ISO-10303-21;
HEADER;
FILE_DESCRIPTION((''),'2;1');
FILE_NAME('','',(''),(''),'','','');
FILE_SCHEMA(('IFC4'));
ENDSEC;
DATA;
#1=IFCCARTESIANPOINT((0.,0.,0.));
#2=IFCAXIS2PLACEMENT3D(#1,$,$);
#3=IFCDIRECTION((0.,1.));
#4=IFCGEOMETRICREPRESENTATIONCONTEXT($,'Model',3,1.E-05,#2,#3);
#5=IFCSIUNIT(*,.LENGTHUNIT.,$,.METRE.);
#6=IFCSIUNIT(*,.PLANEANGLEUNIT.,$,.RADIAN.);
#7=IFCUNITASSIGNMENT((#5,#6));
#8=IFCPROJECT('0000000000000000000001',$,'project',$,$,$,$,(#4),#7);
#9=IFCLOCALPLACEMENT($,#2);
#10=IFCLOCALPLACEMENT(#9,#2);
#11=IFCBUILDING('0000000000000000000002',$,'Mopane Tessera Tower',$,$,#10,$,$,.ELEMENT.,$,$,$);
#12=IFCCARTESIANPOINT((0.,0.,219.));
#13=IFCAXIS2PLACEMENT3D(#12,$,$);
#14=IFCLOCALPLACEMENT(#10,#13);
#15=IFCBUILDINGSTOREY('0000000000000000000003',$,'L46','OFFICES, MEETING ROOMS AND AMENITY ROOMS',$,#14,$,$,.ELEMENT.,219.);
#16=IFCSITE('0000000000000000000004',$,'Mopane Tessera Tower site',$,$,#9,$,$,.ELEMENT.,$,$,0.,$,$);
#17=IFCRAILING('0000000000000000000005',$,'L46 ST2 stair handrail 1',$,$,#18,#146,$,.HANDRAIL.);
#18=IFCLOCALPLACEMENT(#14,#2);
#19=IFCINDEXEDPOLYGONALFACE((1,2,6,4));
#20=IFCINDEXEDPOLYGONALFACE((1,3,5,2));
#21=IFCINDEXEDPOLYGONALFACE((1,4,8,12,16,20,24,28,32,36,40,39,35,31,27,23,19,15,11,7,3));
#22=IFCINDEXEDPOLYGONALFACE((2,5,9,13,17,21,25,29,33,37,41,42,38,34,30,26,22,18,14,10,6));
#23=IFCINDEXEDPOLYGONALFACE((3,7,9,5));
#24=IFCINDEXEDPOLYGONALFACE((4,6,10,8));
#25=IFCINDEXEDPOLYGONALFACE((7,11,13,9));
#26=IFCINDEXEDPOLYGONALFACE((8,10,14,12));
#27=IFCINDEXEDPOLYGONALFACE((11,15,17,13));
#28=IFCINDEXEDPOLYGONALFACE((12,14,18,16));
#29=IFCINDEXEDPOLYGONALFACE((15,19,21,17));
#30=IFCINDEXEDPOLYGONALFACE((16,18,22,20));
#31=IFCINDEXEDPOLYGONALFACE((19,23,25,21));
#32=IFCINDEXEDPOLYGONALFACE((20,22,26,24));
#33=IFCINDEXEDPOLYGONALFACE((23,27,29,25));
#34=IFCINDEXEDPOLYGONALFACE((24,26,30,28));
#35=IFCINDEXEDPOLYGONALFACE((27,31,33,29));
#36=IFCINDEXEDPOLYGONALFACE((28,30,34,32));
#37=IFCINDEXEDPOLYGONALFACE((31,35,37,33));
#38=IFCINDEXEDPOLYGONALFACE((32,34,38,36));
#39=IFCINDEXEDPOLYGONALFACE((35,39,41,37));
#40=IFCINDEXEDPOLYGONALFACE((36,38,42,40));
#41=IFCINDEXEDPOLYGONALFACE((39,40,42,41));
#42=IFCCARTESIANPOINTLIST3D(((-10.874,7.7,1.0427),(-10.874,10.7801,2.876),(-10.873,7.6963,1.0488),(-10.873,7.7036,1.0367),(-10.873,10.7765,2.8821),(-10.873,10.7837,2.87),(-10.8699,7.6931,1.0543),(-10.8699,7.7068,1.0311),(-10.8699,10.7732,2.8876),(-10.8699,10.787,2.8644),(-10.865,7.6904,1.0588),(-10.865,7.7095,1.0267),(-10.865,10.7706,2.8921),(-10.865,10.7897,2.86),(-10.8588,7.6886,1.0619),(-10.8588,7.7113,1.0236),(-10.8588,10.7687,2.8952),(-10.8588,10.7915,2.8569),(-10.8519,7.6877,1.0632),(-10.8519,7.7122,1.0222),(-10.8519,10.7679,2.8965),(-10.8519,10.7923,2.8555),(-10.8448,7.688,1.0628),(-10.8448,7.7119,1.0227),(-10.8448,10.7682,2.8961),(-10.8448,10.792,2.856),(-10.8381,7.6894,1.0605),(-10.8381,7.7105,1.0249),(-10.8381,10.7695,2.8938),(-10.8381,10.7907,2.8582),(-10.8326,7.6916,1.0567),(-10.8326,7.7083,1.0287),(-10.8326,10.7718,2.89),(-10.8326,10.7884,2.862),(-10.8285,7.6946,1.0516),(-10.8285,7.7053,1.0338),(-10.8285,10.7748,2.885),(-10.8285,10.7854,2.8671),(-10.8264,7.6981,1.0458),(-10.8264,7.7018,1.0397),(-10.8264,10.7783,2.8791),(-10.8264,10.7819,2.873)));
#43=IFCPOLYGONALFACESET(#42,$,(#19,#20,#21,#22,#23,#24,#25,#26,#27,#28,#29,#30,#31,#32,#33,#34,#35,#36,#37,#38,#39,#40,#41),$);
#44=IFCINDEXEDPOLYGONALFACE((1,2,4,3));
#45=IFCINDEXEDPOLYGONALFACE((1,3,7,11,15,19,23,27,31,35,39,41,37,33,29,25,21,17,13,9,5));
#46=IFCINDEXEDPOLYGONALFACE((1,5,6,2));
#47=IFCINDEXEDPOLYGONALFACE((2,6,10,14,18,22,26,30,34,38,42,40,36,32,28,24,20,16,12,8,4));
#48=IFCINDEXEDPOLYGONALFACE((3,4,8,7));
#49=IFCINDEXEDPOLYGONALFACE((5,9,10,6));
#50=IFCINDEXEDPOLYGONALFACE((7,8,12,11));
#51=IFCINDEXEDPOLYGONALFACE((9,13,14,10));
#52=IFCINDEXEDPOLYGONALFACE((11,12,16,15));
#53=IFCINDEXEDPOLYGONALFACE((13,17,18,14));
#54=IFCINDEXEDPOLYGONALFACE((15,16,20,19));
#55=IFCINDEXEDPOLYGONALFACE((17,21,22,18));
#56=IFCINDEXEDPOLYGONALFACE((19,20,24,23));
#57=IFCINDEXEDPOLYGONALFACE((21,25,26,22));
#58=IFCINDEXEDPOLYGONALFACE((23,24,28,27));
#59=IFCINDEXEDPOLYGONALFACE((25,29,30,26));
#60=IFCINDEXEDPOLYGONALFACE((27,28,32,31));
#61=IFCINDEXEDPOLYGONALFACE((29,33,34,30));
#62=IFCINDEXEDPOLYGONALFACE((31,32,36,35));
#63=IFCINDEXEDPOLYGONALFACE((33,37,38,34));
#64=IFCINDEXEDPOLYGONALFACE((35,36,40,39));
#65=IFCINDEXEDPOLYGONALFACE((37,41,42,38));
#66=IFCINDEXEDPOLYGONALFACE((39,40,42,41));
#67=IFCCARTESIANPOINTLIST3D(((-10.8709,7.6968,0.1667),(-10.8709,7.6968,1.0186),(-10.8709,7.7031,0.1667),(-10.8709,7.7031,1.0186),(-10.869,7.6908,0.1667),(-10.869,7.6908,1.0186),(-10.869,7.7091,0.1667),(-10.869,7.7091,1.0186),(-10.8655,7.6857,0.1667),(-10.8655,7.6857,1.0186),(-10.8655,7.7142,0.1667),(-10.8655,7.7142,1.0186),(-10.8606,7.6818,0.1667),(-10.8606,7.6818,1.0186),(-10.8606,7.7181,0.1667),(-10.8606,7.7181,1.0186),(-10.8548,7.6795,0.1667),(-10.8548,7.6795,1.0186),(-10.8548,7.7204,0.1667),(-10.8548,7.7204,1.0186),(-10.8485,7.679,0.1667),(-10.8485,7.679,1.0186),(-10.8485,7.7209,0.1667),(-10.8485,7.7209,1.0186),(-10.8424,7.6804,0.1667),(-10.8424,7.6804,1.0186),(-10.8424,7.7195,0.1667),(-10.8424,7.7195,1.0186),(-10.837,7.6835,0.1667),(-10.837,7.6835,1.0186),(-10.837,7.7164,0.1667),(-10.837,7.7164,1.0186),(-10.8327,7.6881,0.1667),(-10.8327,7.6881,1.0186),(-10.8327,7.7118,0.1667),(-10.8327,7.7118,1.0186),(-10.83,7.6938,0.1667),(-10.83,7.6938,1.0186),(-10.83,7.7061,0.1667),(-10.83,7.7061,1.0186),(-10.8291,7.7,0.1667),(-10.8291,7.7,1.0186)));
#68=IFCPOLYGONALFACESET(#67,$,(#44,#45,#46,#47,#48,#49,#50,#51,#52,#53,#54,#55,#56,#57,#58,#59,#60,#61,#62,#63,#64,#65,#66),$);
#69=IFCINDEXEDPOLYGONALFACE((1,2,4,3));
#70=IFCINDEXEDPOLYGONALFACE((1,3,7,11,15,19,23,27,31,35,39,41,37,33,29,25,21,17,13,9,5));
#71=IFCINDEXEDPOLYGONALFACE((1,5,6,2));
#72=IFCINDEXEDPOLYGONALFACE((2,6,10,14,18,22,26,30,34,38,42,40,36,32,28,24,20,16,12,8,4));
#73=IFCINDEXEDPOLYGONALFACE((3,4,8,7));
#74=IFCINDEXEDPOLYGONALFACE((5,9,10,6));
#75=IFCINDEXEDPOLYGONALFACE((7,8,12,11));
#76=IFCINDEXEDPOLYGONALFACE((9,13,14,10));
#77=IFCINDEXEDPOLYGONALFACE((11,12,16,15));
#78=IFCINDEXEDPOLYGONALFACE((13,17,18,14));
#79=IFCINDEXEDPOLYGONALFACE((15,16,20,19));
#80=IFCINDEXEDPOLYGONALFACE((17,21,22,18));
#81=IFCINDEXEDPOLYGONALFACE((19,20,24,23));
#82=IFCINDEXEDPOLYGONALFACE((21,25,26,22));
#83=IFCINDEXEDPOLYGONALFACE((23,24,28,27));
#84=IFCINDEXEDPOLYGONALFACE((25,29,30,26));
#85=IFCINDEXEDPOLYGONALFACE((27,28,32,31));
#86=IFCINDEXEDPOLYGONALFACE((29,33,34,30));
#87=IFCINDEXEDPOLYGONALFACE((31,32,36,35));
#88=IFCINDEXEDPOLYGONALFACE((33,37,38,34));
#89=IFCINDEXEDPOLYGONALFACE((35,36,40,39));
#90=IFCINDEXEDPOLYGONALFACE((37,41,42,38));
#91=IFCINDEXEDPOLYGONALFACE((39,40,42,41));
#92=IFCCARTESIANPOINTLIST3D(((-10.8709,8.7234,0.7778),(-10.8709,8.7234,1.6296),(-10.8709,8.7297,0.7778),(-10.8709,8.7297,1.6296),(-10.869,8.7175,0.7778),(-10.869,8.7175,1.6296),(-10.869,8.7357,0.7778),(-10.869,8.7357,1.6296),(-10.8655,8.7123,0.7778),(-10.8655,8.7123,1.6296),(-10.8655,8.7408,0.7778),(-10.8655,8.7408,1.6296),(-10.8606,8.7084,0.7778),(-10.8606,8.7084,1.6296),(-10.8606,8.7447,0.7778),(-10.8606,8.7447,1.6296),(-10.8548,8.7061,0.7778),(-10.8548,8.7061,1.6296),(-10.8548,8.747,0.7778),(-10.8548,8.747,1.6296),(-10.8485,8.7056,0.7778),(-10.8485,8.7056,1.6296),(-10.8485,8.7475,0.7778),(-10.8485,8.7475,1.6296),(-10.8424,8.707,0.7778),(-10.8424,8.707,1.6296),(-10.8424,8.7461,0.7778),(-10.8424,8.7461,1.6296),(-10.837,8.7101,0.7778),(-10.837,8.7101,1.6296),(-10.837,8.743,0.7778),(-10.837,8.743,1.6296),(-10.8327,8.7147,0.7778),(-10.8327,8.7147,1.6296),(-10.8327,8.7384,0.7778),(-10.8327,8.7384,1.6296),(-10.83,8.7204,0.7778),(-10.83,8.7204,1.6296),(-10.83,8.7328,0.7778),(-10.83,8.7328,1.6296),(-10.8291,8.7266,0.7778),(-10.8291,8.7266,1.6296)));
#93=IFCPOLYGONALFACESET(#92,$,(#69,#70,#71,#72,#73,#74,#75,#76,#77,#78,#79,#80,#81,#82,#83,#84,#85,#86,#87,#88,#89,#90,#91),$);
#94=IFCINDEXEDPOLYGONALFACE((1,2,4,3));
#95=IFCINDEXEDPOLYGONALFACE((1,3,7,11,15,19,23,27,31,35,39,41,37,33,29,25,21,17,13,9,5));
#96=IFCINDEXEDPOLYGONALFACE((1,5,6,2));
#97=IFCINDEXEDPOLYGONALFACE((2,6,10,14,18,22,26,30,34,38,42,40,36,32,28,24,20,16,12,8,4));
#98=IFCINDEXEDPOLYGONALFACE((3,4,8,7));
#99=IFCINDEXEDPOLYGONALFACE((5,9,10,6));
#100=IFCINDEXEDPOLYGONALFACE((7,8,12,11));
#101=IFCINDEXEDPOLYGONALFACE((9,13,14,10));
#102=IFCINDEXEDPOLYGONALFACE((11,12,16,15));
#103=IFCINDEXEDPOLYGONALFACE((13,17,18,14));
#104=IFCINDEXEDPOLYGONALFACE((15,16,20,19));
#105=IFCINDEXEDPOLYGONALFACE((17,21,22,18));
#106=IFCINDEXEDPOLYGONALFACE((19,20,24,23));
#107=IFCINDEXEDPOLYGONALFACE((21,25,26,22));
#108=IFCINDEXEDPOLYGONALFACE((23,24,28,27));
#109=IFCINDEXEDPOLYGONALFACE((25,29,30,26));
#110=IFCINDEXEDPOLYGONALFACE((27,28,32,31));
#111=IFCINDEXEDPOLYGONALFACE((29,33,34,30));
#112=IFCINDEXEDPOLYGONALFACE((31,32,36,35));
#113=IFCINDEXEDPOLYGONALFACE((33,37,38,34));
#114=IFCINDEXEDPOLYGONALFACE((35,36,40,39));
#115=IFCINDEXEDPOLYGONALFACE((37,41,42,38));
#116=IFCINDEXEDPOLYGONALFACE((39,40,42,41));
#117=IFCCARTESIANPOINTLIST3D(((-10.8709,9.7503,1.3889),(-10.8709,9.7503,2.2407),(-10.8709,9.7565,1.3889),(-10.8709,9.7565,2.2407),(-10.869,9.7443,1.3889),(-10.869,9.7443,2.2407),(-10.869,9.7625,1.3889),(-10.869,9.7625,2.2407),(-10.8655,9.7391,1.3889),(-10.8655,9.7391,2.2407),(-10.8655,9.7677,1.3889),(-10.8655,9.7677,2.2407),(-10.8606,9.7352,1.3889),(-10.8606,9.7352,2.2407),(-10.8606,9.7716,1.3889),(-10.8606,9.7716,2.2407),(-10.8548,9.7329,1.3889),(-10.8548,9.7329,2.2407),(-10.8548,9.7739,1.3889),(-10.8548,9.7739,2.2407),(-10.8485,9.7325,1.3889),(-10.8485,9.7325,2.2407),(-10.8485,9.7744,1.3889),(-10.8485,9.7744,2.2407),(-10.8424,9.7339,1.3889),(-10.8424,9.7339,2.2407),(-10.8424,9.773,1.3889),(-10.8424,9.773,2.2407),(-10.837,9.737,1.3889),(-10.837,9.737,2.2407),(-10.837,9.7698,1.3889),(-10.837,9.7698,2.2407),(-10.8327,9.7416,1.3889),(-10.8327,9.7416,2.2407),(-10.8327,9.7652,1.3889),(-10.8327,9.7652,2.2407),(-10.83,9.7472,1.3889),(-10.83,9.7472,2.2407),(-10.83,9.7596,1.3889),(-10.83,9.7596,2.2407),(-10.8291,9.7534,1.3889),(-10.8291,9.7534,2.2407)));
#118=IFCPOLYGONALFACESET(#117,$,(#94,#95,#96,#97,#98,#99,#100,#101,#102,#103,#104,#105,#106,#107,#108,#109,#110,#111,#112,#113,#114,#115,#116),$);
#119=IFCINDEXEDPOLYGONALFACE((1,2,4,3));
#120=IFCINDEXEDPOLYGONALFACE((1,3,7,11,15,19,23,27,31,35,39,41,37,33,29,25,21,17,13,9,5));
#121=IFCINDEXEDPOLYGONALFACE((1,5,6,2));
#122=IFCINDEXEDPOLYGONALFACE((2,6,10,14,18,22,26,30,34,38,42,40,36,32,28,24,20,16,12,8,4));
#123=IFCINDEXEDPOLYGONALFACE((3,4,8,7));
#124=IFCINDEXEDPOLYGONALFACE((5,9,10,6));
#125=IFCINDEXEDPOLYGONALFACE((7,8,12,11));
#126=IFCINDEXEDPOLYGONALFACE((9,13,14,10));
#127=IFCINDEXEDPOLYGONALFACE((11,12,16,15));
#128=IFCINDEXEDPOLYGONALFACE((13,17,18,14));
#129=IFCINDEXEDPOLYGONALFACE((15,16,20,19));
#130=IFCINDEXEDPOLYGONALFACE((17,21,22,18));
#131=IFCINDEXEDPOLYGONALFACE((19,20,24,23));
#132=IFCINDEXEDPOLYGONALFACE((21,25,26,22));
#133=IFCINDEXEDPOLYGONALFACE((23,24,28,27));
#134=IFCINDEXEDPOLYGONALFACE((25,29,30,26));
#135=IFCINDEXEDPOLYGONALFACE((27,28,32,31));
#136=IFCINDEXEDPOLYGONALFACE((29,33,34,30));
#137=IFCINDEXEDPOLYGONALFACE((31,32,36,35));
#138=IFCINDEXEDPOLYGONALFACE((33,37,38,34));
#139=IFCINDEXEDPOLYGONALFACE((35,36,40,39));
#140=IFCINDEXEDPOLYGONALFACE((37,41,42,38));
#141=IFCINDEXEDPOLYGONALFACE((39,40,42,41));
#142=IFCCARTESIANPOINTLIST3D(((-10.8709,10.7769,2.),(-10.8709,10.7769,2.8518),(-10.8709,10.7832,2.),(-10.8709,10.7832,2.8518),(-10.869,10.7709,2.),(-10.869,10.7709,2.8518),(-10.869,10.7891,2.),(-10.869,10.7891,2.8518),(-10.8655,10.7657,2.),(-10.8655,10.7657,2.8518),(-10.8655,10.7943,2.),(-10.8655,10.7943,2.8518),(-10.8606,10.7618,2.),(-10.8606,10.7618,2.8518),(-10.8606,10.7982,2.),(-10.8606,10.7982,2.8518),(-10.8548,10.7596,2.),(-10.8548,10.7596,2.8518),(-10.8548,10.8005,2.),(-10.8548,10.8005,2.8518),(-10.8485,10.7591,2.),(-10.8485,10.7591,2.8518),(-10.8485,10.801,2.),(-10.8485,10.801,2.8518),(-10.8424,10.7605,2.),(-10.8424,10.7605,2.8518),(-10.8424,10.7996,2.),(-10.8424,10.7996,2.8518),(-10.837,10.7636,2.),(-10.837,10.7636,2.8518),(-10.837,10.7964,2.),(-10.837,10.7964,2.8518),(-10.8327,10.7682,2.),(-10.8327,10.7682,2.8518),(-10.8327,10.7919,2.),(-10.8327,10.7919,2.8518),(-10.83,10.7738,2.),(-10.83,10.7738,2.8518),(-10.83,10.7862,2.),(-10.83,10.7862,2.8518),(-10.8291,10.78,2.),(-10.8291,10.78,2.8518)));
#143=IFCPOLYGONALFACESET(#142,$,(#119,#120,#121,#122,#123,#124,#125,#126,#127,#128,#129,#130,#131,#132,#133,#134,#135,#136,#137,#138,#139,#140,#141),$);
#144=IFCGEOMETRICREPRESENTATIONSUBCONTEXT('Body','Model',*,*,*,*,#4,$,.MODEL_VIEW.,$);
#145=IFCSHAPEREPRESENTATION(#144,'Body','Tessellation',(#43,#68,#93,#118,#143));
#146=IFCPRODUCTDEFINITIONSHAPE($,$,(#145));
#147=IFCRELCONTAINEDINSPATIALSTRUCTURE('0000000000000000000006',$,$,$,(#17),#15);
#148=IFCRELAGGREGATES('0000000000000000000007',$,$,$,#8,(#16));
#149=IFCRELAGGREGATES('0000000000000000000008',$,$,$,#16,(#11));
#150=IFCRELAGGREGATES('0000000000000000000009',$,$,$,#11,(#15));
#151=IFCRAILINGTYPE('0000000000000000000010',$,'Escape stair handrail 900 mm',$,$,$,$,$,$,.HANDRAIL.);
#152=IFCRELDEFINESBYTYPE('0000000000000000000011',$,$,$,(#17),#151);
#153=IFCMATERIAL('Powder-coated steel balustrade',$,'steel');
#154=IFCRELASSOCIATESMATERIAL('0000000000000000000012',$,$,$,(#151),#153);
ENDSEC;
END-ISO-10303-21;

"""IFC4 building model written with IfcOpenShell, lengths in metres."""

from ifc_helpers import new_model, si_unit, direction, frame, origin, origin_2d, place, context, subcontext, project, spatial, circle, extrude, material, type_object, element, save


model = new_model("IFC4")

# Units and contexts
model_context = context("Model", 3, precision=1e-05, world=origin(), true_north=direction((0.0, 1.0)))
body_context = subcontext(model_context, "Body", "Model", "MODEL_VIEW")
ifc_project = project(units=[si_unit("LENGTHUNIT", "METRE"), si_unit("PLANEANGLEUNIT", "RADIAN")], contexts=[model_context])

# Site, building, storey
site_placement = place(None, origin())
site = spatial("IfcSite", under=ifc_project, at=site_placement, Name="Mopane Tessera Tower site", CompositionType="ELEMENT", RefElevation=0.0)
building_placement = place(site_placement, origin())
building = spatial("IfcBuilding", under=site, at=building_placement, Name="Mopane Tessera Tower", CompositionType="ELEMENT")
storey_placement = place(building_placement, frame((0.0, 0.0, 219.0)))
storey = spatial("IfcBuildingStorey", under=building, at=storey_placement, Name="L46", Description="OFFICES, MEETING ROOMS AND AMENITY ROOMS", CompositionType="ELEMENT", Elevation=219.0)

# Railing
ifc_material_1 = material(Name="Powder-coated steel balustrade", Category="steel")
railing_type_1 = type_object("IfcRailingType", Name="Escape stair handrail 900 mm", PredefinedType="HANDRAIL", material=ifc_material_1)
railing_1_placement = place(storey_placement, frame((-10.8501, 7.7, 0.1667)))
element("IfcRailing", 1, at=railing_1_placement, inside=storey, type_object=railing_type_1, Name="L46 ST2 stair handrail 1", PredefinedType="HANDRAIL", context=body_context, shape_type="SweptSolid", body=[
    extrude(circle(Radius=0.0239, at=origin_2d()), frame((0.0, 0.0, 0.876), z_axis=(0.0, 0.859309, 0.511458), x_axis=(-1.0, 0.0, 0.0)), (0.0, 0.0, 1.0), 3.5845),
    extrude(circle(Radius=0.021, at=origin_2d()), origin(), (0.0, 0.0, 1.0), 0.8518),
    extrude(circle(Radius=0.021, at=origin_2d()), frame((0.0, 1.0266, 0.6111)), (0.0, 0.0, 1.0), 0.8518),
    extrude(circle(Radius=0.021, at=origin_2d()), frame((0.0, 2.0535, 1.2222)), (0.0, 0.0, 1.0), 0.8518),
    extrude(circle(Radius=0.021, at=origin_2d()), frame((0.0, 3.0801, 1.8333)), (0.0, 0.0, 1.0), 0.8518),
])

save(model, "model.ifc")
